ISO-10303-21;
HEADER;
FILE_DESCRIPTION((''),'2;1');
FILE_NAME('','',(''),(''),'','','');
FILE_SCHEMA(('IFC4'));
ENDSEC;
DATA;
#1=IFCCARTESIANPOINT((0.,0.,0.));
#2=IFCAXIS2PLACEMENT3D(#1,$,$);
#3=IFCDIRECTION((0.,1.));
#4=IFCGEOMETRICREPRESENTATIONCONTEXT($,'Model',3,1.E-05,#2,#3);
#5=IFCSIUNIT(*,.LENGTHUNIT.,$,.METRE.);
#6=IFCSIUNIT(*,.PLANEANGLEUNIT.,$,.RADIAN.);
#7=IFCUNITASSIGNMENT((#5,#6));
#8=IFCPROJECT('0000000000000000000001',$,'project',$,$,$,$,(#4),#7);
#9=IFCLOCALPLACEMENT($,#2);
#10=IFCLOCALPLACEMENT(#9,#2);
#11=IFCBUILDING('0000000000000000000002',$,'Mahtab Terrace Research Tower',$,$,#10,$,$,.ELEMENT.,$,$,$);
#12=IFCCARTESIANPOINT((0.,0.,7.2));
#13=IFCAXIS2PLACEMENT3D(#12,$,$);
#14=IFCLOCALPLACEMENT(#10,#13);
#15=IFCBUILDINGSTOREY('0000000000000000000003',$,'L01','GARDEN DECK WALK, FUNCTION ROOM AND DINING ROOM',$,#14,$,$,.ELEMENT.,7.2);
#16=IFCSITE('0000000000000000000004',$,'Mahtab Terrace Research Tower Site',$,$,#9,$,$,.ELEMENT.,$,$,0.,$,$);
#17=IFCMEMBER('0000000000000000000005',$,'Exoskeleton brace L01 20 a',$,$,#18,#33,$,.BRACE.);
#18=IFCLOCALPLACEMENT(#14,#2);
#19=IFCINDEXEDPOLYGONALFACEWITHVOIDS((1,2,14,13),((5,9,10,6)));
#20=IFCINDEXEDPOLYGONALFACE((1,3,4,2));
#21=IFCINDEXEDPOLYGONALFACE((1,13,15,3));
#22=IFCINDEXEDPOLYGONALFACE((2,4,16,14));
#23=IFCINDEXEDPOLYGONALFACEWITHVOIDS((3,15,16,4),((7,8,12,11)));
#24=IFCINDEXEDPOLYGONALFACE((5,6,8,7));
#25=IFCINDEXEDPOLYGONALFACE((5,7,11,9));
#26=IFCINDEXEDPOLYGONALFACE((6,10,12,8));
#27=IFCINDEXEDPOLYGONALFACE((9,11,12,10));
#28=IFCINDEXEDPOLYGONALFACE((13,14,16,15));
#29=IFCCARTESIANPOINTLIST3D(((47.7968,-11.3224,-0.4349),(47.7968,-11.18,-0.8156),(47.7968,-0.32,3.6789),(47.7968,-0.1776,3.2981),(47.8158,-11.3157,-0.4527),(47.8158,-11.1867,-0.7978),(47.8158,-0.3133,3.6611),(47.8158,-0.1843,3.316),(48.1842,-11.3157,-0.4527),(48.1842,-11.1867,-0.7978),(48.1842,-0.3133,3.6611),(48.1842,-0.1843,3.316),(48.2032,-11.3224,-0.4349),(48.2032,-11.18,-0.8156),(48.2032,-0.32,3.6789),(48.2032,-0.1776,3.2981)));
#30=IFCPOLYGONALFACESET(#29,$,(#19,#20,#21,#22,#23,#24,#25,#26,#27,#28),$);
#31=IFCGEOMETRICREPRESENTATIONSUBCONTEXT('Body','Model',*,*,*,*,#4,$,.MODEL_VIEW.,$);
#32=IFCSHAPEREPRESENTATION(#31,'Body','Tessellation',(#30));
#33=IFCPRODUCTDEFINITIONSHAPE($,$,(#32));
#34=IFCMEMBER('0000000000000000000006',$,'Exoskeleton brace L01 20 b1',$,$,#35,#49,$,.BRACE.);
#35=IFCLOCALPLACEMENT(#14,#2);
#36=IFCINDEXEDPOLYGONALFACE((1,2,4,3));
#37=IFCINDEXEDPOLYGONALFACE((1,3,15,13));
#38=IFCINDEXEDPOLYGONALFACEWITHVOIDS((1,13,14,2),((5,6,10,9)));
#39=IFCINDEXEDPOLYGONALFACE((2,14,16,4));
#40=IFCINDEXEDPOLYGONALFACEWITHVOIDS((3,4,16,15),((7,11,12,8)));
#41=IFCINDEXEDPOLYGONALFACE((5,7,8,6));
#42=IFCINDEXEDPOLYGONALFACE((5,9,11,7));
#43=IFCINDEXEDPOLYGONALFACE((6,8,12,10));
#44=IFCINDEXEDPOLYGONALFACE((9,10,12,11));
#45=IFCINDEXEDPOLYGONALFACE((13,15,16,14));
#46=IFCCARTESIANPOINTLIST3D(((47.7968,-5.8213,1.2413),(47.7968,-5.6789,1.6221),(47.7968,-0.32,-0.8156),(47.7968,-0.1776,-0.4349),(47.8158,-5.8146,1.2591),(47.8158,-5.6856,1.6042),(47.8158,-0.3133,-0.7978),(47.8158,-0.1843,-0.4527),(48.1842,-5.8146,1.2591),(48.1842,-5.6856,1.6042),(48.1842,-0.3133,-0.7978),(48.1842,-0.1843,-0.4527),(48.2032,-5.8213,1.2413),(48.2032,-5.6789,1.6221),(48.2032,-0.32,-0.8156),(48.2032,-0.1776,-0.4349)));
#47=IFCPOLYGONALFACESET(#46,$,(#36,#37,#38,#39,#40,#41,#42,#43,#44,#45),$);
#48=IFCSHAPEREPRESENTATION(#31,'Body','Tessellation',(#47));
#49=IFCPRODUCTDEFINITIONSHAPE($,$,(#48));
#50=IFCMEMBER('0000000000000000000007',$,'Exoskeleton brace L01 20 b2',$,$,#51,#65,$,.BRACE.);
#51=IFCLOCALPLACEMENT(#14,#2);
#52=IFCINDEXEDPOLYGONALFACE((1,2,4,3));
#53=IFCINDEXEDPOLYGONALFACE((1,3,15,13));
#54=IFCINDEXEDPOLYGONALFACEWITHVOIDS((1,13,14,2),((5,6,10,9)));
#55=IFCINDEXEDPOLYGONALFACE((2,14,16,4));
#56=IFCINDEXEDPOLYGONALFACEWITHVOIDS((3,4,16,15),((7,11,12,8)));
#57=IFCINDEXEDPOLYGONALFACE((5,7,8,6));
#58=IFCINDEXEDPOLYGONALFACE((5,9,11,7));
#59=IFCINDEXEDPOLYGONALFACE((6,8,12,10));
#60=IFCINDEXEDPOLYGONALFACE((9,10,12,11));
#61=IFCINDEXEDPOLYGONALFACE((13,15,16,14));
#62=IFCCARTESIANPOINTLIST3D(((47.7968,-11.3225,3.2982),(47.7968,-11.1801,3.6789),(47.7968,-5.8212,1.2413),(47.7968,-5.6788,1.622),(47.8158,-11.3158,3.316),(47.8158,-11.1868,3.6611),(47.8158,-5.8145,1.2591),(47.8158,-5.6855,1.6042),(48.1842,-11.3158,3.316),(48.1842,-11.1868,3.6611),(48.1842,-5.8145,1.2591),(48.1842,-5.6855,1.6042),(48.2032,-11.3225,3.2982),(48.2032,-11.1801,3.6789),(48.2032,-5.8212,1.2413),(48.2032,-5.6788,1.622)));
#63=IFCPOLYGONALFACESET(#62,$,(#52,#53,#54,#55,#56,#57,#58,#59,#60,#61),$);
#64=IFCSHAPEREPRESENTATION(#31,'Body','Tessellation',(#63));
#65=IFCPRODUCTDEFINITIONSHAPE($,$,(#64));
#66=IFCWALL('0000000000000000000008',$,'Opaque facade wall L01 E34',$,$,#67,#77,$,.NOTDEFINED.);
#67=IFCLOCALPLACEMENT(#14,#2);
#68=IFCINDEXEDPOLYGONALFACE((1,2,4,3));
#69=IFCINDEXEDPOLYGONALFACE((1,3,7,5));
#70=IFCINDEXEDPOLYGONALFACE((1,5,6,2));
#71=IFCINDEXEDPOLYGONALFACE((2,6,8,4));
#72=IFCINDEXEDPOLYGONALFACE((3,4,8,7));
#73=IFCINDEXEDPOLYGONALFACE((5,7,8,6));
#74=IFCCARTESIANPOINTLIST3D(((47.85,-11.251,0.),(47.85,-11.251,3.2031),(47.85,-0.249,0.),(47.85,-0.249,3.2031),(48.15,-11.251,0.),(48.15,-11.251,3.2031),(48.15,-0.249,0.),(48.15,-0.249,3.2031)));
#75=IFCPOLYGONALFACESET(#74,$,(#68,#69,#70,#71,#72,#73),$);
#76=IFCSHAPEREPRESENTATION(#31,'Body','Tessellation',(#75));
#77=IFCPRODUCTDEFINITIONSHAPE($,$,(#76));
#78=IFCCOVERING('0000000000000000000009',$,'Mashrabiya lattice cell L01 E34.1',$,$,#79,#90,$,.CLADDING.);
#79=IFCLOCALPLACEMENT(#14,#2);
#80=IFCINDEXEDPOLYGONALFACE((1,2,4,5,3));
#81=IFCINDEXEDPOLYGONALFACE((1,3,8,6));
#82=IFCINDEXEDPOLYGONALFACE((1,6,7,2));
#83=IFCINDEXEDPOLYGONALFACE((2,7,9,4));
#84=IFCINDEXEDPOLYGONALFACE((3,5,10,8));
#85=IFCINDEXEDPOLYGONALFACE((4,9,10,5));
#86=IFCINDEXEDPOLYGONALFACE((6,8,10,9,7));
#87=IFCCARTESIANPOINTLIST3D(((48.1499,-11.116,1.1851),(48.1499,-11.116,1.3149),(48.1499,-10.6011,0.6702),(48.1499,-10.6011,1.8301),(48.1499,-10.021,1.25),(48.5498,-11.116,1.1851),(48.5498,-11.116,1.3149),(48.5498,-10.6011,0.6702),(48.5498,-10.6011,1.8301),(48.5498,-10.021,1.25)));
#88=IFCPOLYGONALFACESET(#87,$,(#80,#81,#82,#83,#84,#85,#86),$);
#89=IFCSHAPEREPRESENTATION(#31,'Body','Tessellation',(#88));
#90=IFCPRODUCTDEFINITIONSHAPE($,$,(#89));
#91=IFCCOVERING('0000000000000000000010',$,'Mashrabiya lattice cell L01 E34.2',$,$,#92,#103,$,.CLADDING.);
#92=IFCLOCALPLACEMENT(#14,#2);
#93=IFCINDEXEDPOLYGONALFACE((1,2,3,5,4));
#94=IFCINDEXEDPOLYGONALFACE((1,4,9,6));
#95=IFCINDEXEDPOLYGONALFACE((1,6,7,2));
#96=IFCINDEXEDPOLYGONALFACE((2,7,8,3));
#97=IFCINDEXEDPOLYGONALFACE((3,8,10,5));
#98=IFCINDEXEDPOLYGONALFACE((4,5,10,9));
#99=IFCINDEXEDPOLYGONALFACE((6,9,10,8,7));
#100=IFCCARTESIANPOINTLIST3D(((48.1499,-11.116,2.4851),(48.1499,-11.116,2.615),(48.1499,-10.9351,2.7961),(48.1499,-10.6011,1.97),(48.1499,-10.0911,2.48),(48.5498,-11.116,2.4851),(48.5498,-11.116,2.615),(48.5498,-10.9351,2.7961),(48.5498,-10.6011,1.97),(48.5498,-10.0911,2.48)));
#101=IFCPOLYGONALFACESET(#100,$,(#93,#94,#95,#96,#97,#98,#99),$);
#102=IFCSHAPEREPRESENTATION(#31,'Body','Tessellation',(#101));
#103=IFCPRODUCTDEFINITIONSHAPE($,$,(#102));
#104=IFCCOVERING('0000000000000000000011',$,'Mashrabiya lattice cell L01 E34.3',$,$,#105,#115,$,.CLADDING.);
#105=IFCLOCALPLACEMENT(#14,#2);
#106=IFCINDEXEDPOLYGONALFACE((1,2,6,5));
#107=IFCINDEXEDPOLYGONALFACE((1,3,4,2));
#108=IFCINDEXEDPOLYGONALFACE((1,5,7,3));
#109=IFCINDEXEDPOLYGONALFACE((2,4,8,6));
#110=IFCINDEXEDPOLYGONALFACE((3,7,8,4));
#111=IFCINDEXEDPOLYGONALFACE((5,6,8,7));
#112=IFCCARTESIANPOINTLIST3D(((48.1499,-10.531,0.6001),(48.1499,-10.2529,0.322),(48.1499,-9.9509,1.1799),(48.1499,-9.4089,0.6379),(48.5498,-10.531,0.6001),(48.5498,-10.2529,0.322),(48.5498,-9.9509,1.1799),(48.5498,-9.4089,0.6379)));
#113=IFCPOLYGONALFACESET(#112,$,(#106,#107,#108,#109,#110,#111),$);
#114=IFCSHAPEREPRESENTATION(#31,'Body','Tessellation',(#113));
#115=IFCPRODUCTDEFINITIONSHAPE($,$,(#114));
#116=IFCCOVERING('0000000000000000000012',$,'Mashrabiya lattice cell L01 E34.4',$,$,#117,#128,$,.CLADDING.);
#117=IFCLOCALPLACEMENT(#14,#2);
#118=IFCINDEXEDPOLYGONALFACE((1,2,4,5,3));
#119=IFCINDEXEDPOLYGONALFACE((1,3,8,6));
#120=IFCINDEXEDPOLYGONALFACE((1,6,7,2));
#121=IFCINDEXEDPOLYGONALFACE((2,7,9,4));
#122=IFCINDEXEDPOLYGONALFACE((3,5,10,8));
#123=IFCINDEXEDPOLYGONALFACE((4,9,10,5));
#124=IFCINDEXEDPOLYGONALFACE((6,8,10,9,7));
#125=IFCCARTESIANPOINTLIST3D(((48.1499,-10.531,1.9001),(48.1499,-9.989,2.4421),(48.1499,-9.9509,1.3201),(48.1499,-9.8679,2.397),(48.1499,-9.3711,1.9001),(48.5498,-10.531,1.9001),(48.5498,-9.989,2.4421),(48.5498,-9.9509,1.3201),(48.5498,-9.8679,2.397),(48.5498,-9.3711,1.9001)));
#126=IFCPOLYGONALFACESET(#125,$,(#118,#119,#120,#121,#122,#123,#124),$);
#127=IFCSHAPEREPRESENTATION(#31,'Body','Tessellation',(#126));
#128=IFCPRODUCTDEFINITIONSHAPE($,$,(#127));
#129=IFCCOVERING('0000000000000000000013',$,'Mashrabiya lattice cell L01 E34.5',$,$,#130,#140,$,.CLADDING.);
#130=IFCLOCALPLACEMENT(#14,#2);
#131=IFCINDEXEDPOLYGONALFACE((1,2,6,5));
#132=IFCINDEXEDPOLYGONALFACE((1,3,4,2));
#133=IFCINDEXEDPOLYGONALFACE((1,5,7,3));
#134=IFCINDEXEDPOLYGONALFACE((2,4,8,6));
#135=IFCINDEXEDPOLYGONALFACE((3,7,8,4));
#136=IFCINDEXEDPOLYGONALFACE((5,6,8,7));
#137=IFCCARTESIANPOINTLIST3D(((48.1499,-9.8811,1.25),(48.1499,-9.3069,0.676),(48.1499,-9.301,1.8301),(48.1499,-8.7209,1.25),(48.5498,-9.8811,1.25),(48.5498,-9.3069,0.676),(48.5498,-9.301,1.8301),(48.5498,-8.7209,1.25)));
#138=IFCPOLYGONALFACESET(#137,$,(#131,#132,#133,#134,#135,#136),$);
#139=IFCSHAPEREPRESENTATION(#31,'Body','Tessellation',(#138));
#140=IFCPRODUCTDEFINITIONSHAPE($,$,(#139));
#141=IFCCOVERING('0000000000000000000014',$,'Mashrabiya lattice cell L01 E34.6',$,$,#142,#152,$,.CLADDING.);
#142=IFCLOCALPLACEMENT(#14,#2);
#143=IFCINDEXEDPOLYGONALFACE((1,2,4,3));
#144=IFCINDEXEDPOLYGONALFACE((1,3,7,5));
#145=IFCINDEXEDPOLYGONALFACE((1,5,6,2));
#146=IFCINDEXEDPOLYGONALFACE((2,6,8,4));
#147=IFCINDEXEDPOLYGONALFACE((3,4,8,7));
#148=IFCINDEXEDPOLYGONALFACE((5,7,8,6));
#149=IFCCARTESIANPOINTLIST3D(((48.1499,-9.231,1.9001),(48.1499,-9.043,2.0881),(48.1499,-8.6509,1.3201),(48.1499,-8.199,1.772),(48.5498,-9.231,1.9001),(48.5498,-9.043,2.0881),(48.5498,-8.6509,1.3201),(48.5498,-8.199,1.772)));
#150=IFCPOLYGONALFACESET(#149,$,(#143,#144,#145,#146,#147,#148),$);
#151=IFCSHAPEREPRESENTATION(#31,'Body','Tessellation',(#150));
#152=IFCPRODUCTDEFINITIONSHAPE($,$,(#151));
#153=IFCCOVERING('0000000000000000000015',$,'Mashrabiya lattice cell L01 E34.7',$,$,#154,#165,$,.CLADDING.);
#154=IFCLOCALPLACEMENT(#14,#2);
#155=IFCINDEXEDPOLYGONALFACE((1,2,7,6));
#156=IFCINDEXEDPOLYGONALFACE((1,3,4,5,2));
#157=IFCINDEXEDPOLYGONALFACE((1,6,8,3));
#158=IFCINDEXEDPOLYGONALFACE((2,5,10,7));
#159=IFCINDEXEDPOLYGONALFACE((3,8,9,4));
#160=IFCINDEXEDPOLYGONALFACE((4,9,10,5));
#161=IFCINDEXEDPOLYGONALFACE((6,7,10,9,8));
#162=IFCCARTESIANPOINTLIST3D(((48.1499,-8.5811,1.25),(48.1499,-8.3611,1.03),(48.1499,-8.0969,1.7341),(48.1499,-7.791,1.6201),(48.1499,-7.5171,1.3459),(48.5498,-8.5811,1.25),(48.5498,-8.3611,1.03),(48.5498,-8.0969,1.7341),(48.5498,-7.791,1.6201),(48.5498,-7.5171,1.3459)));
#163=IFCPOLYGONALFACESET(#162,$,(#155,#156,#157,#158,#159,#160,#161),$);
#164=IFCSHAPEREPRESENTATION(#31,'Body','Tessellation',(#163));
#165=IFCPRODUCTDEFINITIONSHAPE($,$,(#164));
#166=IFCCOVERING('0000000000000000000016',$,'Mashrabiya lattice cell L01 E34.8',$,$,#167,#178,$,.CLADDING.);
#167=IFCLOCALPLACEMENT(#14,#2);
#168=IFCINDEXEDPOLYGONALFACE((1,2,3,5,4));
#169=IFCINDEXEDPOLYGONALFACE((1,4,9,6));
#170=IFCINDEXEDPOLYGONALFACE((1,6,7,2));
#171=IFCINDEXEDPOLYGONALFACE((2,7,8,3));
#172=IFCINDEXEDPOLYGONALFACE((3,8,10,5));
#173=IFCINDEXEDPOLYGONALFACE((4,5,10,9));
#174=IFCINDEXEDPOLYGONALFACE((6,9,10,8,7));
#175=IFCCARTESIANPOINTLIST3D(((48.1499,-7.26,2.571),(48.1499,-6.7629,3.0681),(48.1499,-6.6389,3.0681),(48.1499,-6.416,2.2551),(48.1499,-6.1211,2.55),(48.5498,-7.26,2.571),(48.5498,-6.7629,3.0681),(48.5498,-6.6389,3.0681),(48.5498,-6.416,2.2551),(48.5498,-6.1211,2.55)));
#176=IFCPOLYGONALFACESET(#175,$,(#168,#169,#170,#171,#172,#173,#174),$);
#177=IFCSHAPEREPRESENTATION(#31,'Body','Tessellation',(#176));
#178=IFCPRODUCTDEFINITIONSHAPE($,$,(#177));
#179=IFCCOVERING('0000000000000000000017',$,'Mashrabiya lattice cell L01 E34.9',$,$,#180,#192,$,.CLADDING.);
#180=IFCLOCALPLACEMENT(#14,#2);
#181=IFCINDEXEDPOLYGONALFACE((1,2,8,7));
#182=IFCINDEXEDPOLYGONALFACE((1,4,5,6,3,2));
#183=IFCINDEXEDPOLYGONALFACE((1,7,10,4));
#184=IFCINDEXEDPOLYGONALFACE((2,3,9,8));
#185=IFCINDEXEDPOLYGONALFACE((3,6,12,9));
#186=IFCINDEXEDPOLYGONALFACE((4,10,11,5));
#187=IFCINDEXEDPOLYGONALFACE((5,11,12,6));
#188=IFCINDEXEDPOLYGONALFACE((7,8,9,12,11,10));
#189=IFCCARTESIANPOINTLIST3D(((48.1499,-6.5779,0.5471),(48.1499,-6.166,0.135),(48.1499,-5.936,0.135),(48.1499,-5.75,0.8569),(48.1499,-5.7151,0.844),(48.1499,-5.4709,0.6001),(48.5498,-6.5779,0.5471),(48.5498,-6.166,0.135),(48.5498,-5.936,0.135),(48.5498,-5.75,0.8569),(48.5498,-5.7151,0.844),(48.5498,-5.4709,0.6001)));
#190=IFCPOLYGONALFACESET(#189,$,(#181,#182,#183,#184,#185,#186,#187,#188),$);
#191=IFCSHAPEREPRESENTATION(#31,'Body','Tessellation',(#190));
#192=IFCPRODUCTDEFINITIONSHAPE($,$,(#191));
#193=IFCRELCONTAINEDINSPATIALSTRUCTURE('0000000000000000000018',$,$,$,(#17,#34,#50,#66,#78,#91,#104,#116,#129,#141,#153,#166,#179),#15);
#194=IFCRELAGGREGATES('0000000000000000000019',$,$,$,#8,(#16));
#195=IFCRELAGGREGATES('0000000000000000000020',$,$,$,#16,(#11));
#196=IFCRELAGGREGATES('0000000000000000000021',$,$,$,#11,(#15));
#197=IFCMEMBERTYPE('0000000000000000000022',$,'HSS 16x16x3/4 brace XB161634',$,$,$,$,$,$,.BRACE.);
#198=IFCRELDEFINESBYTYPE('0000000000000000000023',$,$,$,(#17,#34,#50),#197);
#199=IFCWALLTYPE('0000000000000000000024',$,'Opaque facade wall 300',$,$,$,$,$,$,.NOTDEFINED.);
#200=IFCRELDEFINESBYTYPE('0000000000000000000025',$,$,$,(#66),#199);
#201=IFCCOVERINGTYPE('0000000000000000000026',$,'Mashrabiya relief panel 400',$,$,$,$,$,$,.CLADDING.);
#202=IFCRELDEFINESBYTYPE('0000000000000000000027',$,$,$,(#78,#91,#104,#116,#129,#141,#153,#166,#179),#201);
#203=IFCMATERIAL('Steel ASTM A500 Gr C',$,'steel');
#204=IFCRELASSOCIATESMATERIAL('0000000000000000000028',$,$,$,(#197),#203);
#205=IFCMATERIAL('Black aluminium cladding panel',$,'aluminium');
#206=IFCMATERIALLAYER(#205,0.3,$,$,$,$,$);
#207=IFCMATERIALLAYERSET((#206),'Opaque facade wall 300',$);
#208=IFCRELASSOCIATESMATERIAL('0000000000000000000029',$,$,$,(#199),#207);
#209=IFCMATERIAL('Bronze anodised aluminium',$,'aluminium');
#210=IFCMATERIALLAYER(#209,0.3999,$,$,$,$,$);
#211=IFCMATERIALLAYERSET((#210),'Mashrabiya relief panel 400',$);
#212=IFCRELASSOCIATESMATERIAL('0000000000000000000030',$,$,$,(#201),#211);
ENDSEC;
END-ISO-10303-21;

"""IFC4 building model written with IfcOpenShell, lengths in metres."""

from ifc_helpers import new_model, si_unit, direction, frame, frame_2d, origin, origin_2d, place, context, subcontext, project, spatial, polyline, rectangle, hollow_rectangle, outline, extrude, material, layer, layer_set, material_profile, profile_set, type_object, element, save


model = new_model("IFC4")

# Units and contexts
model_context = context("Model", 3, precision=1e-05, world=origin(), true_north=direction((0.0, 1.0)))
body_context = subcontext(model_context, "Body", "Model", "MODEL_VIEW")
ifc_project = project(units=[si_unit("LENGTHUNIT", "METRE"), si_unit("PLANEANGLEUNIT", "RADIAN")], contexts=[model_context])

# Site, building, storey
site_placement = place(None, origin())
site = spatial("IfcSite", under=ifc_project, at=site_placement, Name="Mahtab Terrace Research Tower Site", CompositionType="ELEMENT", RefElevation=0.0)
building_placement = place(site_placement, origin())
building = spatial("IfcBuilding", under=site, at=building_placement, Name="Mahtab Terrace Research Tower", CompositionType="ELEMENT")
storey_placement = place(building_placement, frame((0.0, 0.0, 7.2)))
storey = spatial("IfcBuildingStorey", under=building, at=storey_placement, Name="L01", Description="GARDEN DECK WALK, FUNCTION ROOM AND DINING ROOM", CompositionType="ELEMENT", Elevation=7.2)

# Members
ifc_material_1 = material(Name="Steel ASTM A500 Gr C", Category="steel")
ifc_material_profile = material_profile(ifc_material_1, hollow_rectangle(XDim=0.4065, YDim=0.4065, WallThickness=0.019, at=origin_2d()), Name="HSS16X16X3/4")
ifc_profile_set = profile_set([ifc_material_profile], Name="Steel ASTM A500 Gr C")
member_type = type_object("IfcMemberType", Name="HSS 16x16x3/4 brace XB161634", PredefinedType="BRACE", material=ifc_profile_set)
member_placement = place(storey_placement, frame((48.0, -11.2512, -0.6252), z_axis=(0.0, 0.936669, 0.350217), x_axis=(-1.0, 0.0, 0.0)))
element("IfcMember", 1, at=member_placement, inside=storey, type_object=member_type, Name="Exoskeleton brace L01 20 a", PredefinedType="BRACE", context=body_context, shape_type="SweptSolid", body=[
    extrude(hollow_rectangle(XDim=0.4065, YDim=0.4065, WallThickness=0.019, at=origin_2d()), origin(), (0.0, 0.0, 1.0), 11.7463),
])
for number, where, z_axis, x_axis, name in (
    (2, (48.0, -0.2488, -0.6252), (0.0, -0.936669, 0.350217), (1.0, 0.0, 0.0), "Exoskeleton brace L01 20 b1"),
    (3, (48.0, -5.75, 1.4316), (0.0, -0.936669, 0.350217), (1.0, 0.0, 0.0), "Exoskeleton brace L01 20 b2"),
):
    element("IfcMember", number, at=place(storey_placement, frame(where, z_axis=z_axis, x_axis=x_axis)), inside=storey, type_object=member_type, Name=name, PredefinedType="BRACE", context=body_context, shape_type="SweptSolid", body=[
        extrude(hollow_rectangle(XDim=0.4065, YDim=0.4065, WallThickness=0.019, at=origin_2d()), origin(), (0.0, 0.0, 1.0), 5.8733),
    ])

# Wall
ifc_material_2 = material(Name="Black aluminium cladding panel", Category="aluminium")
ifc_layer_1 = layer(ifc_material_2, 0.3)
ifc_layer_set_1 = layer_set([ifc_layer_1], Name="Opaque facade wall 300")
wall_type = type_object("IfcWallType", Name="Opaque facade wall 300", PredefinedType="NOTDEFINED", material=ifc_layer_set_1)
wall_placement = place(storey_placement, frame((48.0, -11.251, 0.0), z_axis=(0.0, 0.0, 1.0), x_axis=(0.0, 1.0, 0.0)))
element("IfcWall", 4, at=wall_placement, inside=storey, type_object=wall_type, Name="Opaque facade wall L01 E34", PredefinedType="NOTDEFINED", context=body_context, shape_type="SweptSolid", body=[
    extrude(rectangle(XDim=11.002, YDim=0.3, at=frame_2d((5.501, 0.0))), origin(), (0.0, 0.0, 1.0), 3.2031),
])

# Coverings
ifc_material_3 = material(Name="Bronze anodised aluminium", Category="aluminium")
ifc_layer_2 = layer(ifc_material_3, 0.3999)
ifc_layer_set_2 = layer_set([ifc_layer_2], Name="Mashrabiya relief panel 400")
covering_type_1 = type_object("IfcCoveringType", Name="Mashrabiya relief panel 400", PredefinedType="CLADDING", material=ifc_layer_set_2)
covering_1_placement = place(storey_placement, frame((48.1499, -10.6011, 1.8301), z_axis=(-1.0, 0.0, 0.0), x_axis=(0.0, 0.707107, -0.707107)))
element("IfcCovering", 5, at=covering_1_placement, inside=storey, type_object=covering_type_1, Name="Mashrabiya lattice cell L01 E34.1", PredefinedType="CLADDING", context=body_context, shape_type="SweptSolid", body=[
    extrude(outline(polyline([(0.0, 0.0), (0.8204, 0.0), (0.8202, 0.8202), (0.092, 0.8202), (0.0002, 0.7283), (0.0, 0.0)])), origin(), (0.0, 0.0, -1.0), 0.3999),
])
covering_2_placement = place(storey_placement, frame((48.1499, -10.6011, 1.97), z_axis=(-1.0, 0.0, 0.0), x_axis=(0.0, -0.706939, 0.707274)))
element("IfcCovering", 6, at=covering_2_placement, inside=storey, type_object=covering_type_1, Name="Mashrabiya lattice cell L01 E34.2", PredefinedType="CLADDING", context=body_context, shape_type="SweptSolid", body=[
    extrude(outline(polyline([(0.0, 0.0), (0.7283, 0.0), (0.8202, 0.0918), (0.8204, 0.3478), (0.0002, 0.7213), (0.0, 0.0)])), origin(), (0.0, 0.0, -1.0), 0.3999),
])
covering_3_placement = place(storey_placement, frame((48.1499, -10.531, 0.6001), z_axis=(-1.0, 0.0, 0.0), x_axis=(0.0, 0.707256, 0.706958)))
element("IfcCovering", 7, at=covering_3_placement, inside=storey, type_object=covering_type_1, Name="Mashrabiya lattice cell L01 E34.3", PredefinedType="CLADDING", context=body_context, shape_type="SweptSolid", body=[
    extrude(outline(polyline([(0.0, 0.0), (0.8202, 0.0), (0.8203, 0.7665), (0.0001, 0.3933), (0.0, 0.0)])), origin(), (0.0, 0.0, -1.0), 0.3999),
])
covering_4_placement = place(storey_placement, frame((48.1499, -9.3711, 1.9001), z_axis=(-1.0, 0.0, 0.0), x_axis=(0.0, -0.706958, -0.707256)))
element("IfcCovering", 8, at=covering_4_placement, inside=storey, type_object=covering_type_1, Name="Mashrabiya lattice cell L01 E34.4", PredefinedType="CLADDING", context=body_context, shape_type="SweptSolid", body=[
    extrude(outline(polyline([(0.0, 0.0), (0.8202, 0.0), (0.82, 0.8204), (0.0535, 0.8202), (-0.0001, 0.7026), (0.0, 0.0)])), origin(), (0.0, 0.0, -1.0), 0.3999),
])
covering_5_placement = place(storey_placement, frame((48.1499, -9.8811, 1.25), z_axis=(-1.0, 0.0, 0.0), x_axis=(0.0, 0.707107, 0.707107)))
element("IfcCovering", 9, at=covering_5_placement, inside=storey, type_object=covering_type_1, Name="Mashrabiya lattice cell L01 E34.5", PredefinedType="CLADDING", context=body_context, shape_type="SweptSolid", body=[
    extrude(outline(polyline([(0.0, 0.0), (0.8204, 0.0), (0.8204, 0.8204), (0.0002, 0.8119), (0.0, 0.0)])), origin(), (0.0, 0.0, -1.0), 0.3999),
])
covering_6_placement = place(storey_placement, frame((48.1499, -8.6509, 1.3201), z_axis=(-1.0, 0.0, 0.0), x_axis=(0.0, -0.707107, 0.707107)))
element("IfcCovering", 10, at=covering_6_placement, inside=storey, type_object=covering_type_1, Name="Mashrabiya lattice cell L01 E34.6", PredefinedType="CLADDING", context=body_context, shape_type="SweptSolid", body=[
    extrude(outline(polyline([(0.0, 0.0), (0.8204, 0.0), (0.8204, 0.2659), (0.0, 0.6391), (0.0, 0.0)])), origin(), (0.0, 0.0, -1.0), 0.3999),
])
covering_7_placement = place(storey_placement, frame((48.1499, -8.5811, 1.25), z_axis=(-1.0, 0.0, 0.0), x_axis=(0.0, 0.707107, 0.707107)))
element("IfcCovering", 11, at=covering_7_placement, inside=storey, type_object=covering_type_1, Name="Mashrabiya lattice cell L01 E34.7", PredefinedType="CLADDING", context=body_context, shape_type="SweptSolid", body=[
    extrude(outline(polyline([(0.0, 0.0), (0.6847, 0.0), (0.8204, 0.2969), (0.8202, 0.6845), (0.0, 0.3111), (0.0, 0.0)])), origin(), (0.0, 0.0, -1.0), 0.3999),
])
covering_8_placement = place(storey_placement, frame((48.1499, -6.1211, 2.55), z_axis=(-1.0, 0.0, 0.0), x_axis=(0.0, -0.707107, -0.707107)))
element("IfcCovering", 12, at=covering_8_placement, inside=storey, type_object=covering_type_1, Name="Mashrabiya lattice cell L01 E34.8", PredefinedType="CLADDING", context=body_context, shape_type="SweptSolid", body=[
    extrude(outline(polyline([(0.0, 0.0), (0.4171, 0.0), (0.7905, 0.8202), (0.0875, 0.8202), (-0.0002, 0.7325), (0.0, 0.0)])), origin(), (0.0, 0.0, -1.0), 0.3999),
])
covering_9_placement = place(storey_placement, frame((48.1499, -6.5779, 0.5471), z_axis=(-1.0, 0.0, 0.0), x_axis=(0.0, 0.936567, 0.350488)))
element("IfcCovering", 13, at=covering_9_placement, inside=storey, type_object=covering_type_1, Name="Mashrabiya lattice cell L01 E34.9", PredefinedType="CLADDING", context=body_context, shape_type="SweptSolid", body=[
    extrude(outline(polyline([(0.0, 0.0), (0.884, 0.0), (0.9121, 0.0244), (1.0553, 0.3383), (0.4567, 0.6109), (0.2413, 0.5303), (0.0, 0.0)])), origin(), (0.0, 0.0, -1.0), 0.3999),
])

save(model, "model.ifc")
